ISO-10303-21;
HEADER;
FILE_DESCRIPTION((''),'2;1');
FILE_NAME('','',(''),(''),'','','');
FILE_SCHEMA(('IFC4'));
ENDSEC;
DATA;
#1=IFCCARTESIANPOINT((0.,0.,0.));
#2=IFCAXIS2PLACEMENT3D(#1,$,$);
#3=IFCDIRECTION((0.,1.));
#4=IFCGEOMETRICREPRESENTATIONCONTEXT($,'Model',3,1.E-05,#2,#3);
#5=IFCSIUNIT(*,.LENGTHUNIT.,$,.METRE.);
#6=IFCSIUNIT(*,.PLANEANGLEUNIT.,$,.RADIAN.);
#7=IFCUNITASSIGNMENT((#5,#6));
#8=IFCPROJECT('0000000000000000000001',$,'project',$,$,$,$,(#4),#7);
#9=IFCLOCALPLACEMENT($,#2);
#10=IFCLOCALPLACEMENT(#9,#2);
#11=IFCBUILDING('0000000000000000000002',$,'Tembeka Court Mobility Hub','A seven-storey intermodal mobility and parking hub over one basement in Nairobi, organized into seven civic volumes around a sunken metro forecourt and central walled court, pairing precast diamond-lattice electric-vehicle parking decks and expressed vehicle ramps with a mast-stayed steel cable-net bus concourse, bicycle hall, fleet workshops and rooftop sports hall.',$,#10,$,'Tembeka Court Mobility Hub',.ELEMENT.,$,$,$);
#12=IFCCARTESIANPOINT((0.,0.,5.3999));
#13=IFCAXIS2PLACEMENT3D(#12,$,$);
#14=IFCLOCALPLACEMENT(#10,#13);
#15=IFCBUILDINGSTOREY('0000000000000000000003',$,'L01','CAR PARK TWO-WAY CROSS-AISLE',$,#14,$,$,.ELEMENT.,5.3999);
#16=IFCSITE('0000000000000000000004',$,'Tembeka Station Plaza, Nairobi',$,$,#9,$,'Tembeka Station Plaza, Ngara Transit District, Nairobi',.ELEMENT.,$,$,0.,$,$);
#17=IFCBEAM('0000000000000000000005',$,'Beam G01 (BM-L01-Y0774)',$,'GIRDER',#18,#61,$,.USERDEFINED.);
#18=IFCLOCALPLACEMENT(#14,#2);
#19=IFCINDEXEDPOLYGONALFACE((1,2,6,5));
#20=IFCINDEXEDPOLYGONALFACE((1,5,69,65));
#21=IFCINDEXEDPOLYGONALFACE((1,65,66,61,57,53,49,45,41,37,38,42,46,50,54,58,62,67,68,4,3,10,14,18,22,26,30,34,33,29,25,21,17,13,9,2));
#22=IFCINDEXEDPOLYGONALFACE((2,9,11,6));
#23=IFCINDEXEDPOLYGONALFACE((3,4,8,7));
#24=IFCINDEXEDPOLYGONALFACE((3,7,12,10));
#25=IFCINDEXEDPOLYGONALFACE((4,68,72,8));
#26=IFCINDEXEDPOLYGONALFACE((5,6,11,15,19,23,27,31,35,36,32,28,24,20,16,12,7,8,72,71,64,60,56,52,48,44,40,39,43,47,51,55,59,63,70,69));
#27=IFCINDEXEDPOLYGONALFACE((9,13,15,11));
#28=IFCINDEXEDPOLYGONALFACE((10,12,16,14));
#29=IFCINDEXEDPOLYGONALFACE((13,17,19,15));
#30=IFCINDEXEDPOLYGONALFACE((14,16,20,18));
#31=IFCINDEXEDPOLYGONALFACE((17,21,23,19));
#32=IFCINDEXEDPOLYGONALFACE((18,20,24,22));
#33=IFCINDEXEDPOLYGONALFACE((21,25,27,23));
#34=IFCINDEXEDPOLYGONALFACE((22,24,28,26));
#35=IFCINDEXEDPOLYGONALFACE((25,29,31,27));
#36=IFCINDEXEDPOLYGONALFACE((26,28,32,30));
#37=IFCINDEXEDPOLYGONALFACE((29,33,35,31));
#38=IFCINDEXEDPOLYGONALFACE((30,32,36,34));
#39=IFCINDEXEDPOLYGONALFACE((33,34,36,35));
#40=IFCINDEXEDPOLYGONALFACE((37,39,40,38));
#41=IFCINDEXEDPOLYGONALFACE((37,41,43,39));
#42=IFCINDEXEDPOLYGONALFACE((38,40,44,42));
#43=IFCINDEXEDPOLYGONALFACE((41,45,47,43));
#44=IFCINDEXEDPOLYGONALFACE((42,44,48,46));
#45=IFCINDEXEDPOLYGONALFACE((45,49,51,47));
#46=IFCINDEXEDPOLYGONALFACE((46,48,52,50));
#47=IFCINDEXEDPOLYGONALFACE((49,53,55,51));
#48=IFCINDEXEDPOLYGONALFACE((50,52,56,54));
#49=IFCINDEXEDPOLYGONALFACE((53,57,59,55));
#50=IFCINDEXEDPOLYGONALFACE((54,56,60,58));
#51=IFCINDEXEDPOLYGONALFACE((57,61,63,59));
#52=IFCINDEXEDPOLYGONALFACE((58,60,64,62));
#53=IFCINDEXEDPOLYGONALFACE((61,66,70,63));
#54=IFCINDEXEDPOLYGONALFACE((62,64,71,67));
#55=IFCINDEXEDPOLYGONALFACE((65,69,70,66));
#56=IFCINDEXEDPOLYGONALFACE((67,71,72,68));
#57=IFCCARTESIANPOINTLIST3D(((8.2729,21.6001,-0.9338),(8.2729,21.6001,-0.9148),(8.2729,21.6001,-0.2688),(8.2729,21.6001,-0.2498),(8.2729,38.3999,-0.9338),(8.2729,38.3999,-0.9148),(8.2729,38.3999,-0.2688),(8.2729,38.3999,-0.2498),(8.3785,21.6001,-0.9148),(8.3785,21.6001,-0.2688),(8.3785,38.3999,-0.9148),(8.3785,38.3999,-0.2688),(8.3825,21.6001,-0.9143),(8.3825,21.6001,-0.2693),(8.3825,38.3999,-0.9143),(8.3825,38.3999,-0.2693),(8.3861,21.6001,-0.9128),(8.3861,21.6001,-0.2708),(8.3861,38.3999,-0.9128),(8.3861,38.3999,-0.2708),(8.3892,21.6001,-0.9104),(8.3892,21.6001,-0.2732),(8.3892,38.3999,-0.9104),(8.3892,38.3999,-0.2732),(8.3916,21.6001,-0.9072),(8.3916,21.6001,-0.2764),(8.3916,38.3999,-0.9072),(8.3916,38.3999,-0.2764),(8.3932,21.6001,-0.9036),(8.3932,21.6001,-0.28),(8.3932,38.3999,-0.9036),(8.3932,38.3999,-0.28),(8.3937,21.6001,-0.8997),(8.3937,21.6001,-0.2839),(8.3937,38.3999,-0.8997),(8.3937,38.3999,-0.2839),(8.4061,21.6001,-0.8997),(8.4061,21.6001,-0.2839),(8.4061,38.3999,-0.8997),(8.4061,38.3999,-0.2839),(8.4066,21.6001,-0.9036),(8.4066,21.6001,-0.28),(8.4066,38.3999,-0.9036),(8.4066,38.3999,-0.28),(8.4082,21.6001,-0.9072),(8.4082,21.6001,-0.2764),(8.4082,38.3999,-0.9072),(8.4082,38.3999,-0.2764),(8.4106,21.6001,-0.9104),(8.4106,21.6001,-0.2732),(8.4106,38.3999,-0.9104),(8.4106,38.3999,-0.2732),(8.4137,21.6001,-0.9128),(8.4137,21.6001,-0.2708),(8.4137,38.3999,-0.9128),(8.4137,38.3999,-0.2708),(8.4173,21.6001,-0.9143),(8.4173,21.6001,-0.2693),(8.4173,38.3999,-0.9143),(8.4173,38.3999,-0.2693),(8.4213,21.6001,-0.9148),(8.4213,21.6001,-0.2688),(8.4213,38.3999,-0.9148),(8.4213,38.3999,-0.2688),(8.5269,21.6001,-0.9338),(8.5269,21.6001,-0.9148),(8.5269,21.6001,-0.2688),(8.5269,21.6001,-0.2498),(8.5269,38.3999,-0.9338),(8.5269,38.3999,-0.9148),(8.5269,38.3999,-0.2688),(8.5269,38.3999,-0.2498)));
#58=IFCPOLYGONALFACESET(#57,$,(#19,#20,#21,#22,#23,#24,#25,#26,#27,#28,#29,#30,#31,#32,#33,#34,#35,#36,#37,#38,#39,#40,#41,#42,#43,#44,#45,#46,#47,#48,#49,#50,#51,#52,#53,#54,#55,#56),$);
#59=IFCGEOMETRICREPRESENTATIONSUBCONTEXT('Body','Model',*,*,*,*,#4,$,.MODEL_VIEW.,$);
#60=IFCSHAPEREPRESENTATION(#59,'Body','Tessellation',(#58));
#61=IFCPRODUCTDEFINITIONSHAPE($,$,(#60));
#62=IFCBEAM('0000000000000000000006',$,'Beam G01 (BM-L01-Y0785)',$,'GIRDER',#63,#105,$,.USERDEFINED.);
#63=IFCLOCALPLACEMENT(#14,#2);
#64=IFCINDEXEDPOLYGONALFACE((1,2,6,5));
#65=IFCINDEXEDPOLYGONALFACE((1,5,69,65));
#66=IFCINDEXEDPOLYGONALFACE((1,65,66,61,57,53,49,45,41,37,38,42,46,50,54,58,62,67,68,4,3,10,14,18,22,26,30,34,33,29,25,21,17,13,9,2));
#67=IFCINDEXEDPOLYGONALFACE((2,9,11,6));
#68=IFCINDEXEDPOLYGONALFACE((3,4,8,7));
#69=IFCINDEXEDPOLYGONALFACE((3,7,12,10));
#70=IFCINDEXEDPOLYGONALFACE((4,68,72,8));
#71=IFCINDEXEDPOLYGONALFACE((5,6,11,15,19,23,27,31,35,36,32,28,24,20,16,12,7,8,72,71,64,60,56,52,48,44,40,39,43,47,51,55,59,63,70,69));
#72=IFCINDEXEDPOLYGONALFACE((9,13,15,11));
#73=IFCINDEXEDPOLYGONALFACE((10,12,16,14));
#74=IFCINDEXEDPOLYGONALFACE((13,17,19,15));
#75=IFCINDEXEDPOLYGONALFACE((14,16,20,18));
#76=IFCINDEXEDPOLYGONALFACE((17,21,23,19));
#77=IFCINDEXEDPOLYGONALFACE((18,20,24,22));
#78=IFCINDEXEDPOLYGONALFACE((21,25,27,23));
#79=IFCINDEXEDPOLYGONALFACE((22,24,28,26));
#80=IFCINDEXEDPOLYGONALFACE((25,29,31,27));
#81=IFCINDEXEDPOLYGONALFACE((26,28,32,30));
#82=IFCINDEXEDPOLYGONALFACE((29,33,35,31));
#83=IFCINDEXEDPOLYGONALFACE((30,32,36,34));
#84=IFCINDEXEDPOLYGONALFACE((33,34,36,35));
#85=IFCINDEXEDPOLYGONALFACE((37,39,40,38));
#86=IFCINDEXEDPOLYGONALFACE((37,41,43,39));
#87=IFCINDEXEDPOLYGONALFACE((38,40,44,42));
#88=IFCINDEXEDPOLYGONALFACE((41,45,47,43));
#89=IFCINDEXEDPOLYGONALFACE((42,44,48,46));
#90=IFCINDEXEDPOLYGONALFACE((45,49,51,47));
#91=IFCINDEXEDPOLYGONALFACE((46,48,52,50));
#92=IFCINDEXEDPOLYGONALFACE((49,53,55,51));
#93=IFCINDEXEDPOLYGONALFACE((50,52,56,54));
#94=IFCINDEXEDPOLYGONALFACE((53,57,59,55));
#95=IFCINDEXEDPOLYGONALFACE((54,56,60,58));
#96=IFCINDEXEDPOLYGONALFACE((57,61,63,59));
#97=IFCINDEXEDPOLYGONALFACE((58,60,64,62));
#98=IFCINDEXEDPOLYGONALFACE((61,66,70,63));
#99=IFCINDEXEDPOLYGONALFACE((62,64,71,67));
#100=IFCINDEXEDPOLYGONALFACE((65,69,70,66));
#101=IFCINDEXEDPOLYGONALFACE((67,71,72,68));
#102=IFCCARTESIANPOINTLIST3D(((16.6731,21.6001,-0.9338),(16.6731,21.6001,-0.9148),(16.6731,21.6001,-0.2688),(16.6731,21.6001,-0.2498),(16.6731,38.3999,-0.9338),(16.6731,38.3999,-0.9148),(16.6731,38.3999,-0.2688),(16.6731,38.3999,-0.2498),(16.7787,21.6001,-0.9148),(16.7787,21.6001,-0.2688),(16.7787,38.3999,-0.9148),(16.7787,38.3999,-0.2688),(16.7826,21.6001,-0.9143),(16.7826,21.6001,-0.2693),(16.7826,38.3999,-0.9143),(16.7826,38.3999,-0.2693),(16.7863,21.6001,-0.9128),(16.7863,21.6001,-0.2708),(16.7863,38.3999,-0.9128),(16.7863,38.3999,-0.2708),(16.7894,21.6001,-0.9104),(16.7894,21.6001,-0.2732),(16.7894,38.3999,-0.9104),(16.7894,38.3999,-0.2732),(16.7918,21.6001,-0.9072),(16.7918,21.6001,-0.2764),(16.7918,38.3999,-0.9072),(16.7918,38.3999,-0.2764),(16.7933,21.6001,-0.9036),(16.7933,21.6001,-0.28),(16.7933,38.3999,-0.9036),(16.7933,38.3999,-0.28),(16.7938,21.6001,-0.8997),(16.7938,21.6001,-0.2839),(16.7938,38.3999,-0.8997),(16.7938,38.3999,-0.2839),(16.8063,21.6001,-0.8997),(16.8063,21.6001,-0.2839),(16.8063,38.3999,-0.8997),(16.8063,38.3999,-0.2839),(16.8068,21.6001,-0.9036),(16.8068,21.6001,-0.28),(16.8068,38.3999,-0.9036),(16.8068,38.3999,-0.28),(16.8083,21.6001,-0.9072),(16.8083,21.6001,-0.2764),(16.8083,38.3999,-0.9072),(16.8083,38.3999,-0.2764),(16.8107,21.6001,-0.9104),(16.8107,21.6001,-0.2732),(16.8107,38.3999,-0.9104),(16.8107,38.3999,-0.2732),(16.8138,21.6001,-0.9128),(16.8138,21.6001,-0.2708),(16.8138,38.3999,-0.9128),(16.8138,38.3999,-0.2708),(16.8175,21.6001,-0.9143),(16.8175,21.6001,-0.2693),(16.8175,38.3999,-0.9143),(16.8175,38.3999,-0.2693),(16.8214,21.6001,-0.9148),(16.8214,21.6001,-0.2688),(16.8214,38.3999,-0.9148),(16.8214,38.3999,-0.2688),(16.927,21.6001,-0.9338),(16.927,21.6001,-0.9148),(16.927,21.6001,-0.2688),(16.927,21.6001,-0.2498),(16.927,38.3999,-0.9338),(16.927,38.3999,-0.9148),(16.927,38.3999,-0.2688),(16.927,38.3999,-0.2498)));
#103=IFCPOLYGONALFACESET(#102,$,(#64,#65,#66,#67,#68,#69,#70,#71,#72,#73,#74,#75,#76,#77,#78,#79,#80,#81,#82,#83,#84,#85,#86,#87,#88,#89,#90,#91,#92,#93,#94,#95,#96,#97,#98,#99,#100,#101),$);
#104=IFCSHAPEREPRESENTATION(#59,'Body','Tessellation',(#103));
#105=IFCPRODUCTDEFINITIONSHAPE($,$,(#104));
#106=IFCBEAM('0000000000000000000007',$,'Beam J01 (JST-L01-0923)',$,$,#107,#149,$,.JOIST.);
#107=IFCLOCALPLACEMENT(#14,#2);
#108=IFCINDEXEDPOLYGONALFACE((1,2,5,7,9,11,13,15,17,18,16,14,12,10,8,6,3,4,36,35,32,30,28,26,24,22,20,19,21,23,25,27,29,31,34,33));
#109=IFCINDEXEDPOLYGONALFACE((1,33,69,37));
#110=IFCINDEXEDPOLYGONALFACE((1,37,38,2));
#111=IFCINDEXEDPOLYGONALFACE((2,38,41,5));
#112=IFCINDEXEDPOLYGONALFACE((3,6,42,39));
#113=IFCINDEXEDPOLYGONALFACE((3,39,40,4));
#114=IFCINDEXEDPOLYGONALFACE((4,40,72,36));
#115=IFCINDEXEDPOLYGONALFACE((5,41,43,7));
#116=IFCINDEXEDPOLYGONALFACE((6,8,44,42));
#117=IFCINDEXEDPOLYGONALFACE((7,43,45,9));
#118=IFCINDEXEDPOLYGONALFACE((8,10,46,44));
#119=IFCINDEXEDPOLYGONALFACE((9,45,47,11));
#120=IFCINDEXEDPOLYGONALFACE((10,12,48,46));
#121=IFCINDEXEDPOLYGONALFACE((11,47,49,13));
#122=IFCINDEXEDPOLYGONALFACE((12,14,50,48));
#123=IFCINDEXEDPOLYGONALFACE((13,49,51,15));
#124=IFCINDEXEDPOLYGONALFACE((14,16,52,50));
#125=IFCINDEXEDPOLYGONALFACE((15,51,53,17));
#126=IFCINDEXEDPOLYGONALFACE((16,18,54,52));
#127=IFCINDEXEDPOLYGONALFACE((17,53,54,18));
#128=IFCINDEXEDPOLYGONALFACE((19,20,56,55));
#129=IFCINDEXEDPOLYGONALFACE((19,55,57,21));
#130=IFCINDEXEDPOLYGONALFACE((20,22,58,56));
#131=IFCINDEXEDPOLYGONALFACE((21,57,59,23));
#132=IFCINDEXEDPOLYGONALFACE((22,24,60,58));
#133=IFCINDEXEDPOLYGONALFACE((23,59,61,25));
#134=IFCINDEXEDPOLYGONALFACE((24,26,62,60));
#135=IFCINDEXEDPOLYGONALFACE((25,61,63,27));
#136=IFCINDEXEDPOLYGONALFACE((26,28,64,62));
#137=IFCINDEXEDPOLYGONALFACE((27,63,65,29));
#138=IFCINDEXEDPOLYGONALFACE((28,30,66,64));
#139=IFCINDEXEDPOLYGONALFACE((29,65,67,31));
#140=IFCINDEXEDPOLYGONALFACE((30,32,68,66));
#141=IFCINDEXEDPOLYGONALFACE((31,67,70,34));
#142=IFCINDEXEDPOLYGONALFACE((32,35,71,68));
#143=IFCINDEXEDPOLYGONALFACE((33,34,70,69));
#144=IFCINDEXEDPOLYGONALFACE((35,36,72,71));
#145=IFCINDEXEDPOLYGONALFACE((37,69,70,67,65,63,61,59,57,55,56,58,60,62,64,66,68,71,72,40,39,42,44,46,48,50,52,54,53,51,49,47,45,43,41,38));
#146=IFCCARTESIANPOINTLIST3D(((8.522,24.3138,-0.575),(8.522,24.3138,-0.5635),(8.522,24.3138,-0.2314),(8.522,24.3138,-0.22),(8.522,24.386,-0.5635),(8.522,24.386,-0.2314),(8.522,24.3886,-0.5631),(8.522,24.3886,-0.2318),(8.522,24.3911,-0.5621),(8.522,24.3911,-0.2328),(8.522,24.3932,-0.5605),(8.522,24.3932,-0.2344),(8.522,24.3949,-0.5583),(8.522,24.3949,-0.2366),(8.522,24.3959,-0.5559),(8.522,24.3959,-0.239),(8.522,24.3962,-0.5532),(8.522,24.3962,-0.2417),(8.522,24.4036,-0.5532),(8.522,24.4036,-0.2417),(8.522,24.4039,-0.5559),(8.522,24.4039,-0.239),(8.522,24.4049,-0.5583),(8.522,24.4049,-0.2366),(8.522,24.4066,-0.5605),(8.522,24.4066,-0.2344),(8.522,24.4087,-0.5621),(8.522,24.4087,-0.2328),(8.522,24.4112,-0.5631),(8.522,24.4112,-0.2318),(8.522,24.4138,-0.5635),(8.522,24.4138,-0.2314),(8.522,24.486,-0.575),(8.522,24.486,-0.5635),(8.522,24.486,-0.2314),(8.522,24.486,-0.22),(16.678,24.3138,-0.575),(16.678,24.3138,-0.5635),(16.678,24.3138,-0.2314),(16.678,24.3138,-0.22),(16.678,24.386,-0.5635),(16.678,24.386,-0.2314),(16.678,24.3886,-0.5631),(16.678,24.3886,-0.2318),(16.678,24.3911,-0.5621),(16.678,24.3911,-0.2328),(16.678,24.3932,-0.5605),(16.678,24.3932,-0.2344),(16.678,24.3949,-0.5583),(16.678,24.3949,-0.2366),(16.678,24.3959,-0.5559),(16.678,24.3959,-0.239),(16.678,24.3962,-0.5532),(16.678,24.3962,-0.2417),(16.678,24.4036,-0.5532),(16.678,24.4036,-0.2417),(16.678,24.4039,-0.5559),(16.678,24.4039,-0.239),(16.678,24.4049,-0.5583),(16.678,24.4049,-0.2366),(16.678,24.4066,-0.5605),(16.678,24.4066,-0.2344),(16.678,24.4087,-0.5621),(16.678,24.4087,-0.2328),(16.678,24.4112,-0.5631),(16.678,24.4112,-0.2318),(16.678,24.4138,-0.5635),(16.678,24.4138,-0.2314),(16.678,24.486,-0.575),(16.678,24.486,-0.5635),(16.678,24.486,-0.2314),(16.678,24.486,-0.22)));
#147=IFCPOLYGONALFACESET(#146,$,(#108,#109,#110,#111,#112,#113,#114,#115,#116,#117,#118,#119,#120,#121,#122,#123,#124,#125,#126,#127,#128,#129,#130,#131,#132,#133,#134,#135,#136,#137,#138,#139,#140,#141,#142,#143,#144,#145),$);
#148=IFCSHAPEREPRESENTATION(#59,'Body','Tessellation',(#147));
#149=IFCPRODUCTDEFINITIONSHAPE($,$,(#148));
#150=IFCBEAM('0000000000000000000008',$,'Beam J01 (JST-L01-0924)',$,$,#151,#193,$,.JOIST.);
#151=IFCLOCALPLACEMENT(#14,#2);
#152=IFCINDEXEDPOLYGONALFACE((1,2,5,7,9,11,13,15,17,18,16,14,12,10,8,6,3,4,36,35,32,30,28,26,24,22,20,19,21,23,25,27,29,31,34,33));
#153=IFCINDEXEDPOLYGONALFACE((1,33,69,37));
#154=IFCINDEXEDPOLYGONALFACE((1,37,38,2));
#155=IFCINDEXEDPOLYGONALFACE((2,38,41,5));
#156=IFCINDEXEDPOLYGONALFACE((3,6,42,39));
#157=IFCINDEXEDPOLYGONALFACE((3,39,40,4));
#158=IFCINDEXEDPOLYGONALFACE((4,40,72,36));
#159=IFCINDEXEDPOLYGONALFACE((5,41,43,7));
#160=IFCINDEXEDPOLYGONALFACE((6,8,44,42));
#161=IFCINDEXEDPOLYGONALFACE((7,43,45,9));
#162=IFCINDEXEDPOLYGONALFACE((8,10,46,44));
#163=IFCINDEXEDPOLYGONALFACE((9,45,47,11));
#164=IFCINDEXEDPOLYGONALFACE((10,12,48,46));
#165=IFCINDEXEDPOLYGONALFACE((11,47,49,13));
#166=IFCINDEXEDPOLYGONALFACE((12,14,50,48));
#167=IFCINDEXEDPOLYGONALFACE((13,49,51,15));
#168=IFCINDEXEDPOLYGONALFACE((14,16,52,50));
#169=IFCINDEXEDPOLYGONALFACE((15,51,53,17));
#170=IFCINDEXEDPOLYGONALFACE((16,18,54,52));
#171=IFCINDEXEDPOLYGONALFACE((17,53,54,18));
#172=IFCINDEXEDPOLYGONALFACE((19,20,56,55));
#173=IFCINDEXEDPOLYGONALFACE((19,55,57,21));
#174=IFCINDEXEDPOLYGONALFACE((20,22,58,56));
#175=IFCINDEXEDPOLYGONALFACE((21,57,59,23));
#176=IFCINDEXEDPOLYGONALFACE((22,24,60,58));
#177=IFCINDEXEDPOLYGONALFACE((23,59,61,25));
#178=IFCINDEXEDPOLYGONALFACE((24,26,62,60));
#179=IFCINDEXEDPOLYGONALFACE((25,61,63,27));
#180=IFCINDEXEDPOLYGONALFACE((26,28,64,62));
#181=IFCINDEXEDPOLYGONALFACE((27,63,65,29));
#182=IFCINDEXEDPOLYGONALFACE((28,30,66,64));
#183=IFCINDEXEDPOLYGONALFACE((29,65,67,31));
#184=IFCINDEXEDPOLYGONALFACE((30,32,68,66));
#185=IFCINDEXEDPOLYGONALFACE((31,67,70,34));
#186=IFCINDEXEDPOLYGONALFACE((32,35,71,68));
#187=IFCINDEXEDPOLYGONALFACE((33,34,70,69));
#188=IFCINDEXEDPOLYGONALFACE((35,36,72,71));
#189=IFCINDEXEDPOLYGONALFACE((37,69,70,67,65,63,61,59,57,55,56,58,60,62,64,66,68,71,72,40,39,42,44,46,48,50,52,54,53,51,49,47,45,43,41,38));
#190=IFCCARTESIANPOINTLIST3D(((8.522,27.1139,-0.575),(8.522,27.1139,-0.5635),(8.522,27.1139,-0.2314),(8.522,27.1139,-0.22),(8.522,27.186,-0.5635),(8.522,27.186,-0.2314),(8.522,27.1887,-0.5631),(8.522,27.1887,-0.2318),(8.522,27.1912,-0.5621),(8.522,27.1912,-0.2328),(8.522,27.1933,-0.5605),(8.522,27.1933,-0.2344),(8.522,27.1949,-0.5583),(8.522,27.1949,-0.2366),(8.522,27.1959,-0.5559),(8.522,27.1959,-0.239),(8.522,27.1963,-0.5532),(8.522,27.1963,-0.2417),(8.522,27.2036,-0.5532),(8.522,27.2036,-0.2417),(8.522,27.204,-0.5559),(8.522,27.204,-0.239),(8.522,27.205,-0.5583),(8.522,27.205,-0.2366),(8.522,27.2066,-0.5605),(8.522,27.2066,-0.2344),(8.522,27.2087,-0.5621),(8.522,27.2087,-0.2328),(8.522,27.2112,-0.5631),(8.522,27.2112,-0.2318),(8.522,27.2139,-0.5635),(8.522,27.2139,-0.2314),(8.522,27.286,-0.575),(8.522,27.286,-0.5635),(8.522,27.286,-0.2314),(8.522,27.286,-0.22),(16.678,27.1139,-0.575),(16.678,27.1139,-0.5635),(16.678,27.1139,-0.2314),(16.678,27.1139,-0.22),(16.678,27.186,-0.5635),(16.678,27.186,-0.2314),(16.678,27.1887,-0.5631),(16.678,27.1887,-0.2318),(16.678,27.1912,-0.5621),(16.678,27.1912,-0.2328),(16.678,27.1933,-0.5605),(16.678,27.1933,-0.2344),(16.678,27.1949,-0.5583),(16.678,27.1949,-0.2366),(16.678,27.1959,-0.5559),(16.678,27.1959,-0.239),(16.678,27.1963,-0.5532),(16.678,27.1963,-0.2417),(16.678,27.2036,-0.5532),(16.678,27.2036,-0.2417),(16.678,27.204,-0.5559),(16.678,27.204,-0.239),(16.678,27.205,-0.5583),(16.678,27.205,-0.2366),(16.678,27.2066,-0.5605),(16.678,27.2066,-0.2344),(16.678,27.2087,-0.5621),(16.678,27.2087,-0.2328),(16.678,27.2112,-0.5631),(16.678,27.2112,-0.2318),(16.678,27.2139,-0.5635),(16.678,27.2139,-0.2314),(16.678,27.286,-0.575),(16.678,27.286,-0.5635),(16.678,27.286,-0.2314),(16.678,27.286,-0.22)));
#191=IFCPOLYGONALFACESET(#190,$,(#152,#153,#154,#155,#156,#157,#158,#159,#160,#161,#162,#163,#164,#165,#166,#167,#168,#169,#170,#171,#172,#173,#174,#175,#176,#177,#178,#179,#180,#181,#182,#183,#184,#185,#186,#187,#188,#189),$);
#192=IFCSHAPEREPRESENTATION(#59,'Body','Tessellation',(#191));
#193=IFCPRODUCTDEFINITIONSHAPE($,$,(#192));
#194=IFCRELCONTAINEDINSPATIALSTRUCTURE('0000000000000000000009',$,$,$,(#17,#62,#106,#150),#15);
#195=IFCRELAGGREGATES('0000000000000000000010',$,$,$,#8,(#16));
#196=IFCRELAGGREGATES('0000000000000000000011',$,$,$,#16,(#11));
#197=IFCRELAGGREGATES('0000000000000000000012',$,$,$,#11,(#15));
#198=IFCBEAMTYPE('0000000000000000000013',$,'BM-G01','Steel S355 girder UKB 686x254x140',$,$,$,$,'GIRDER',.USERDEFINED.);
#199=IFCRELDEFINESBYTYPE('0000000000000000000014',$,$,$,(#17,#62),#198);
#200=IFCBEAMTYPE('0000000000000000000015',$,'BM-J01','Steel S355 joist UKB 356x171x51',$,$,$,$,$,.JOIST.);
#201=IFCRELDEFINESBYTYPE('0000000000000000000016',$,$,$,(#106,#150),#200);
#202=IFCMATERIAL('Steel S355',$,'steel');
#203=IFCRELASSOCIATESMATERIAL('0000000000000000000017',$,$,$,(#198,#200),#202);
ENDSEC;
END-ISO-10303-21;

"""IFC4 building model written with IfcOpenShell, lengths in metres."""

from ifc_helpers import new_model, si_unit, direction, frame, origin, origin_2d, place, context, subcontext, project, spatial, i_section, extrude, material, material_profile, profile_set, type_object, element, save


model = new_model("IFC4")

# Units and contexts
model_context = context("Model", 3, precision=1e-05, world=origin(), true_north=direction((0.0, 1.0)))
body_context = subcontext(model_context, "Body", "Model", "MODEL_VIEW")
ifc_project = project(units=[si_unit("LENGTHUNIT", "METRE"), si_unit("PLANEANGLEUNIT", "RADIAN")], contexts=[model_context])

# Site, building, storey
site_placement = place(None, origin())
site = spatial("IfcSite", under=ifc_project, at=site_placement, Name="Tembeka Station Plaza, Nairobi", LongName="Tembeka Station Plaza, Ngara Transit District, Nairobi", CompositionType="ELEMENT", RefElevation=0.0)
building_placement = place(site_placement, origin())
building = spatial("IfcBuilding", under=site, at=building_placement, Name="Tembeka Court Mobility Hub", Description="A seven-storey intermodal mobility and parking hub over one basement in Nairobi, organized into seven civic volumes around a sunken metro forecourt and central walled court, pairing precast diamond-lattice electric-vehicle parking decks and expressed vehicle ramps with a mast-stayed steel cable-net bus concourse, bicycle hall, fleet workshops and rooftop sports hall.", LongName="Tembeka Court Mobility Hub", CompositionType="ELEMENT")
storey_placement = place(building_placement, frame((0.0, 0.0, 5.3999)))
storey = spatial("IfcBuildingStorey", under=building, at=storey_placement, Name="L01", Description="CAR PARK TWO-WAY CROSS-AISLE", CompositionType="ELEMENT", Elevation=5.3999)

# Shared definitions
ifc_material_1 = material(Name="Steel S355", Category="steel")

# Beams
ifc_material_profile_1 = material_profile(ifc_material_1, i_section(OverallWidth=0.2539, OverallDepth=0.6841, WebThickness=0.0125, FlangeThickness=0.019, FilletRadius=0.0151, at=origin_2d()), Name="UKB 686x254x140")
ifc_profile_set_1 = profile_set([ifc_material_profile_1], Name="Steel S355")
beam_type_1 = type_object("IfcBeamType", Name="BM-G01", Description="Steel S355 girder UKB 686x254x140", ElementType="GIRDER", PredefinedType="USERDEFINED", material=ifc_profile_set_1)
for number, where, z_axis, x_axis, name in (
    (1, (8.3999, 21.6001, -0.5918), (0.0, 1.0, 0.0), (-1.0, 0.0, 0.0), "Beam G01 (BM-L01-Y0774)"),
    (2, (16.8, 21.6001, -0.5918), (0.0, 1.0, 0.0), (-1.0, 0.0, 0.0), "Beam G01 (BM-L01-Y0785)"),
):
    element("IfcBeam", number, at=place(storey_placement, frame(where, z_axis=z_axis, x_axis=x_axis)), inside=storey, type_object=beam_type_1, Name=name, ObjectType="GIRDER", PredefinedType="USERDEFINED", context=body_context, shape_type="SweptSolid", body=[
        extrude(i_section(OverallWidth=0.2539, OverallDepth=0.6841, WebThickness=0.0125, FlangeThickness=0.019, FilletRadius=0.0151, at=origin_2d()), origin(), (0.0, 0.0, 1.0), 16.7998),
    ])
ifc_material_profile_2 = material_profile(ifc_material_1, i_section(OverallWidth=0.1721, OverallDepth=0.355, WebThickness=0.0073, FlangeThickness=0.0115, FilletRadius=0.0103, at=origin_2d()), Name="UKB 356x171x51")
ifc_profile_set_2 = profile_set([ifc_material_profile_2], Name="Steel S355")
beam_type_2 = type_object("IfcBeamType", Name="BM-J01", Description="Steel S355 joist UKB 356x171x51", PredefinedType="JOIST", material=ifc_profile_set_2)
for number, where, z_axis, x_axis, name in (
    (3, (8.522, 24.3999, -0.3975), (1.0, 0.0, 0.0), (0.0, 1.0, 0.0), "Beam J01 (JST-L01-0923)"),
    (4, (8.522, 27.2, -0.3975), (1.0, 0.0, 0.0), (0.0, 1.0, 0.0), "Beam J01 (JST-L01-0924)"),
):
    element("IfcBeam", number, at=place(storey_placement, frame(where, z_axis=z_axis, x_axis=x_axis)), inside=storey, type_object=beam_type_2, Name=name, PredefinedType="JOIST", context=body_context, shape_type="SweptSolid", body=[
        extrude(i_section(OverallWidth=0.1721, OverallDepth=0.355, WebThickness=0.0073, FlangeThickness=0.0115, FilletRadius=0.0103, at=origin_2d()), origin(), (0.0, 0.0, 1.0), 8.156),
    ])

save(model, "model.ifc")
